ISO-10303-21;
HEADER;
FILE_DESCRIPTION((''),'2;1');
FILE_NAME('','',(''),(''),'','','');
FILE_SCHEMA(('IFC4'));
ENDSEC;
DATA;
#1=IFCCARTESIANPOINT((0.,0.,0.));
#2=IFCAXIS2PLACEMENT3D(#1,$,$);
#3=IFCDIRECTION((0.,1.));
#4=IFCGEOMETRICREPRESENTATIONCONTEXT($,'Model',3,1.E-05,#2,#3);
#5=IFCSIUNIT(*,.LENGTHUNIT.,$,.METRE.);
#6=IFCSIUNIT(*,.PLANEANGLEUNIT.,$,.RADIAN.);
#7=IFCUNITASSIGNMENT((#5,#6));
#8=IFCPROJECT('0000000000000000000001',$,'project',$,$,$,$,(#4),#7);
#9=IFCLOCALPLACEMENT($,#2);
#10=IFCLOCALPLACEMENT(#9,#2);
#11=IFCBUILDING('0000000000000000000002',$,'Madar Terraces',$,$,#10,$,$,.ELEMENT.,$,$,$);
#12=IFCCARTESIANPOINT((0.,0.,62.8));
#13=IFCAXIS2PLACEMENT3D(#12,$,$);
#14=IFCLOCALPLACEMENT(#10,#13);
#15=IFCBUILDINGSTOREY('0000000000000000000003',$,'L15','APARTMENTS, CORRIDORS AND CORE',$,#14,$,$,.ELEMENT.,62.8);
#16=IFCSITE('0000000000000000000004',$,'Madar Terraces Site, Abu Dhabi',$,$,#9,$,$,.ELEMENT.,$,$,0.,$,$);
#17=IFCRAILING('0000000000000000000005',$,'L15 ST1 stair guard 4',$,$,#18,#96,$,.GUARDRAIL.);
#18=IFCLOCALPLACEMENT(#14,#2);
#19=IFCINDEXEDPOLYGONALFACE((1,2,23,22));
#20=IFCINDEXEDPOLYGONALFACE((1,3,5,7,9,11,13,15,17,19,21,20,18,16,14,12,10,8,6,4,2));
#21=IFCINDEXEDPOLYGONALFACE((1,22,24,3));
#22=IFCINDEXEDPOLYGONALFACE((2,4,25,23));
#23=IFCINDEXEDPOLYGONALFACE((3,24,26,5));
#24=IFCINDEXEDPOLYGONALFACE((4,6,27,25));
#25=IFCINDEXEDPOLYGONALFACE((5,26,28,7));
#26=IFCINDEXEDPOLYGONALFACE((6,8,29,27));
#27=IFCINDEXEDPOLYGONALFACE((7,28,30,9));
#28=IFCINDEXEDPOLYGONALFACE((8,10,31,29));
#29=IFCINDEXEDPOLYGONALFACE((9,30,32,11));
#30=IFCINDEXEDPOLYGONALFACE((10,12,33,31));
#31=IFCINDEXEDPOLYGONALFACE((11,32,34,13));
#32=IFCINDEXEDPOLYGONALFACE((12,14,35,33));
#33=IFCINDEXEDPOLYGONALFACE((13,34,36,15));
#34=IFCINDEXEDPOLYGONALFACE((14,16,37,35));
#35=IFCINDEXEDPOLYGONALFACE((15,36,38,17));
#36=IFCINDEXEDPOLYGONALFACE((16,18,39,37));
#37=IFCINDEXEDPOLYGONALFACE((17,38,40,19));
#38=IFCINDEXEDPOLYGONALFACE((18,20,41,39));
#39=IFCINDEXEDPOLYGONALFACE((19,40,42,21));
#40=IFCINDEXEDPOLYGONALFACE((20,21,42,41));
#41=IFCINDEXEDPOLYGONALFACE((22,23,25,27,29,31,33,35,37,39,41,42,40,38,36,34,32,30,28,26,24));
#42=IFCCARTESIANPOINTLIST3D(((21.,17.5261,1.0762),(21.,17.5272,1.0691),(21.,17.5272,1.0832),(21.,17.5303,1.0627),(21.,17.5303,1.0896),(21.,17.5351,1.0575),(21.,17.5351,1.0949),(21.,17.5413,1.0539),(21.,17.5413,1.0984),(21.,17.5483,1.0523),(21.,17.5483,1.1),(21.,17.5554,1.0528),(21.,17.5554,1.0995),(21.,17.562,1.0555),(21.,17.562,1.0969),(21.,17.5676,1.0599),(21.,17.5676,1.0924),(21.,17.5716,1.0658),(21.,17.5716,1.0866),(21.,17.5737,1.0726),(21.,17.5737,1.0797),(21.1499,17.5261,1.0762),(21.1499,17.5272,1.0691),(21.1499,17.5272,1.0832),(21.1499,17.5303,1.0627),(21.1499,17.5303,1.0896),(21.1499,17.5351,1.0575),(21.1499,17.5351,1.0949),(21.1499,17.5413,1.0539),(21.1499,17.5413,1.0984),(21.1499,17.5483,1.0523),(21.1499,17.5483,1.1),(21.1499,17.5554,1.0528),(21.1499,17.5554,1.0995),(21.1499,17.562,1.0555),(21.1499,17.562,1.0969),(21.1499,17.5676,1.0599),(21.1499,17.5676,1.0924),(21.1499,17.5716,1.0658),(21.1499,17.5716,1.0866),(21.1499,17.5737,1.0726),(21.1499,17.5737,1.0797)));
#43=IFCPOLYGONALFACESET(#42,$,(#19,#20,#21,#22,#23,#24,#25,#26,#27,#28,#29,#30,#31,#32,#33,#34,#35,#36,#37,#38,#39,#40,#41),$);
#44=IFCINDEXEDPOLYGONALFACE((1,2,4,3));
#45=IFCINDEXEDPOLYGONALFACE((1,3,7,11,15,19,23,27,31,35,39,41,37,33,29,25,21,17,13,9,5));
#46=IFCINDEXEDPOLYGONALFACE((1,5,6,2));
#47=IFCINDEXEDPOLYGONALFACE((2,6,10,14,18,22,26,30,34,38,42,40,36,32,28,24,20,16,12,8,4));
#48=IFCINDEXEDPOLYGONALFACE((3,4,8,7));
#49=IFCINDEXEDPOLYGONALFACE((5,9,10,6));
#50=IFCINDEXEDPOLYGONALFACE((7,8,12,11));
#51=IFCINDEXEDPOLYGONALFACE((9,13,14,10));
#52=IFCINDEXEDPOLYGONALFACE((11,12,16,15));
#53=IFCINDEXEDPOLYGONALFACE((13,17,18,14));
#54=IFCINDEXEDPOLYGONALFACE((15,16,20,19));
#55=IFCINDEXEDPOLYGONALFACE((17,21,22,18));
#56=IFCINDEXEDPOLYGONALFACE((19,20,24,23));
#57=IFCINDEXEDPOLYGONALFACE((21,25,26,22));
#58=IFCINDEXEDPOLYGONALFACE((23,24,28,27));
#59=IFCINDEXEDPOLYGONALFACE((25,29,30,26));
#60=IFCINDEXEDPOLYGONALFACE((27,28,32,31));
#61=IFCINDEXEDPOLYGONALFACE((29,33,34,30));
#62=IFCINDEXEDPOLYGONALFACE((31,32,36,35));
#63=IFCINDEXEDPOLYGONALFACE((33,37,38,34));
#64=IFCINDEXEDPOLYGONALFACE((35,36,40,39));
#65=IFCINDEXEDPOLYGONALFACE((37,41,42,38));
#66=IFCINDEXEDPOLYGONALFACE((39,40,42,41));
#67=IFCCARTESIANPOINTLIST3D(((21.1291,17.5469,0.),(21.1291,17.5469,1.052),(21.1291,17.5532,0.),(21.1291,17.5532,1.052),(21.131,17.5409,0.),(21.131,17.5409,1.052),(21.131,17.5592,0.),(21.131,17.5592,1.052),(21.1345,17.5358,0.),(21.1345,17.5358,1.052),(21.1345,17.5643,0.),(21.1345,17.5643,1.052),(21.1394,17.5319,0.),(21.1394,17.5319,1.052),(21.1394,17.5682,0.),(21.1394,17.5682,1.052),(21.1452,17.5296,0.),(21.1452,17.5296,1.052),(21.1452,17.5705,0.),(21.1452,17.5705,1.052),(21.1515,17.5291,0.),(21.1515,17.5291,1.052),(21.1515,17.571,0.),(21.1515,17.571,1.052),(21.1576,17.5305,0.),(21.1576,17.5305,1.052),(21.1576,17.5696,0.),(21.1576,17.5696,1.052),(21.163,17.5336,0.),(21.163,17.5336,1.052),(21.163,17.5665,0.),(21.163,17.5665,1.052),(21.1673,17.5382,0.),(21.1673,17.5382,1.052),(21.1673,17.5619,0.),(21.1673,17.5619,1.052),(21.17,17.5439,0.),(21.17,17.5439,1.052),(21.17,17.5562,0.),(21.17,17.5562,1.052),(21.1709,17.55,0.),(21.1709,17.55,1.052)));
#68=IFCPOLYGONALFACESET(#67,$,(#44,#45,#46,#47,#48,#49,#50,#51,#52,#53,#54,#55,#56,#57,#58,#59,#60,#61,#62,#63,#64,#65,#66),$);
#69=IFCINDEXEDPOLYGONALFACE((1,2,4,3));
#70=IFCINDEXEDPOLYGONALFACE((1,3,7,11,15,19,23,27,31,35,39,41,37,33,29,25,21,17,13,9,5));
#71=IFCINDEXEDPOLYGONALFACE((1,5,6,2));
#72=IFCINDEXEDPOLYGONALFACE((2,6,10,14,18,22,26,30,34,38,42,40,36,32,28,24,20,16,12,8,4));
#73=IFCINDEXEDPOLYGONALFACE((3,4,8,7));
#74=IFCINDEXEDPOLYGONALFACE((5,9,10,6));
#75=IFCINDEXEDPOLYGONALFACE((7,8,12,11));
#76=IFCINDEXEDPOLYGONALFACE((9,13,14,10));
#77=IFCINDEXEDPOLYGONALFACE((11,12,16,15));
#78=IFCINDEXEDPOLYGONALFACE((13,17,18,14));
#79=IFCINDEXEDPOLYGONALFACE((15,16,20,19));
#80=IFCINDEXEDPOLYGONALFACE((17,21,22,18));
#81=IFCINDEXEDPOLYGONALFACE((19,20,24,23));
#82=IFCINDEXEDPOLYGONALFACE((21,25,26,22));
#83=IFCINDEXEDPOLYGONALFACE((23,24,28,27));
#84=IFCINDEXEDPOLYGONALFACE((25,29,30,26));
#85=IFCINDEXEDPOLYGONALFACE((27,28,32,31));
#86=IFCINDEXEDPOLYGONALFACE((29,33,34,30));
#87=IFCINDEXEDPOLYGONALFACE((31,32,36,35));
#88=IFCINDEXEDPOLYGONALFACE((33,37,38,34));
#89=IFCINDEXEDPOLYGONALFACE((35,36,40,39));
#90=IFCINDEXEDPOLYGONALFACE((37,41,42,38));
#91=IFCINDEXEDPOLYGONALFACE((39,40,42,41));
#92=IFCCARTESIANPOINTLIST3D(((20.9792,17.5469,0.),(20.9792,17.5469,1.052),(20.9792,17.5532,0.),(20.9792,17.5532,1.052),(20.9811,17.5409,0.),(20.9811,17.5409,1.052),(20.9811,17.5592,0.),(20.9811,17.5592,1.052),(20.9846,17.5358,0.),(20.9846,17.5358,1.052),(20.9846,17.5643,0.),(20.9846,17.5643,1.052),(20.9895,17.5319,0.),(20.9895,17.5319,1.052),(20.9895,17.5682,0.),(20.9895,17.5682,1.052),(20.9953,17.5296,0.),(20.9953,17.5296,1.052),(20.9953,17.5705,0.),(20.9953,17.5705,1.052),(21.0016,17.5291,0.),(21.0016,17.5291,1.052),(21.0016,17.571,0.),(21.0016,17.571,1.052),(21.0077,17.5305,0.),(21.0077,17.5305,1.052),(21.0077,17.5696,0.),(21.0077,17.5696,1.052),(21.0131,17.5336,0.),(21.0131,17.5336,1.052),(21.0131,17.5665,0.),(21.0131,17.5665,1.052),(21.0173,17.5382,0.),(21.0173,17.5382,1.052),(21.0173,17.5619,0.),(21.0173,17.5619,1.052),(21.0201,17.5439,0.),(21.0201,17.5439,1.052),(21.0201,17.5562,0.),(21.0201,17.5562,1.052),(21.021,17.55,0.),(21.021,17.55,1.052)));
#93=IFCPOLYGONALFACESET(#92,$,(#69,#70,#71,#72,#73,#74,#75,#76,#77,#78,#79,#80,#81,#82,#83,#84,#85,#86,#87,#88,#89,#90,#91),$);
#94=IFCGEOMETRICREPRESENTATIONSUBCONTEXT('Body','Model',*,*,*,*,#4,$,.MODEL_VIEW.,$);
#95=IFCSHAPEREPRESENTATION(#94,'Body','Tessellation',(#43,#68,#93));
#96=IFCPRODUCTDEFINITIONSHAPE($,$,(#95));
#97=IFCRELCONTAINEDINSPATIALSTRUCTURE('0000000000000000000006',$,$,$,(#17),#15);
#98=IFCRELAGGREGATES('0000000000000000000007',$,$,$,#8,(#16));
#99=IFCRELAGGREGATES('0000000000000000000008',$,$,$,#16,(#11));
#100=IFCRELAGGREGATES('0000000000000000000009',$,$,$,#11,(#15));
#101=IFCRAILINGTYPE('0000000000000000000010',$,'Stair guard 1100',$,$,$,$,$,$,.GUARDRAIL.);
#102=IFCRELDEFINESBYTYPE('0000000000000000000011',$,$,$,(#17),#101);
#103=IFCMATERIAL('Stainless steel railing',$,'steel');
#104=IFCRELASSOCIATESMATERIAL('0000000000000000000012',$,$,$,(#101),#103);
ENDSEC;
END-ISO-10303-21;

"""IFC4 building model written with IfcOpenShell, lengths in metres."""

from ifc_helpers import new_model, si_unit, direction, frame, origin, origin_2d, place, context, subcontext, project, spatial, circle, extrude, material, type_object, element, save


model = new_model("IFC4")

# Units and contexts
model_context = context("Model", 3, precision=1e-05, world=origin(), true_north=direction((0.0, 1.0)))
body_context = subcontext(model_context, "Body", "Model", "MODEL_VIEW")
ifc_project = project(units=[si_unit("LENGTHUNIT", "METRE"), si_unit("PLANEANGLEUNIT", "RADIAN")], contexts=[model_context])

# Site, building, storey
site_placement = place(None, origin())
site = spatial("IfcSite", under=ifc_project, at=site_placement, Name="Madar Terraces Site, Abu Dhabi", CompositionType="ELEMENT", RefElevation=0.0)
building_placement = place(site_placement, origin())
building = spatial("IfcBuilding", under=site, at=building_placement, Name="Madar Terraces", CompositionType="ELEMENT")
storey_placement = place(building_placement, frame((0.0, 0.0, 62.8)))
storey = spatial("IfcBuildingStorey", under=building, at=storey_placement, Name="L15", Description="APARTMENTS, CORRIDORS AND CORE", CompositionType="ELEMENT", Elevation=62.8)

# Railing
ifc_material_1 = material(Name="Stainless steel railing", Category="steel")
railing_type_1 = type_object("IfcRailingType", Name="Stair guard 1100", PredefinedType="GUARDRAIL", material=ifc_material_1)
railing_1_placement = place(storey_placement, frame((21.1499, 17.55, 0.0)))
element("IfcRailing", 1, at=railing_1_placement, inside=storey, type_object=railing_type_1, Name="L15 ST1 stair guard 4", PredefinedType="GUARDRAIL", context=body_context, shape_type="SweptSolid", body=[
    extrude(circle(Radius=0.0239, at=origin_2d()), frame((0.0, 0.0, 1.0762), z_axis=(-1.0, 0.0, 0.0), x_axis=(0.0, -1.0, 0.0)), (0.0, 0.0, 1.0), 0.1499),
    extrude(circle(Radius=0.021, at=origin_2d()), origin(), (0.0, 0.0, 1.0), 1.052),
    extrude(circle(Radius=0.021, at=origin_2d()), frame((-0.1499, 0.0, 0.0)), (0.0, 0.0, 1.0), 1.052),
])

save(model, "model.ifc")
